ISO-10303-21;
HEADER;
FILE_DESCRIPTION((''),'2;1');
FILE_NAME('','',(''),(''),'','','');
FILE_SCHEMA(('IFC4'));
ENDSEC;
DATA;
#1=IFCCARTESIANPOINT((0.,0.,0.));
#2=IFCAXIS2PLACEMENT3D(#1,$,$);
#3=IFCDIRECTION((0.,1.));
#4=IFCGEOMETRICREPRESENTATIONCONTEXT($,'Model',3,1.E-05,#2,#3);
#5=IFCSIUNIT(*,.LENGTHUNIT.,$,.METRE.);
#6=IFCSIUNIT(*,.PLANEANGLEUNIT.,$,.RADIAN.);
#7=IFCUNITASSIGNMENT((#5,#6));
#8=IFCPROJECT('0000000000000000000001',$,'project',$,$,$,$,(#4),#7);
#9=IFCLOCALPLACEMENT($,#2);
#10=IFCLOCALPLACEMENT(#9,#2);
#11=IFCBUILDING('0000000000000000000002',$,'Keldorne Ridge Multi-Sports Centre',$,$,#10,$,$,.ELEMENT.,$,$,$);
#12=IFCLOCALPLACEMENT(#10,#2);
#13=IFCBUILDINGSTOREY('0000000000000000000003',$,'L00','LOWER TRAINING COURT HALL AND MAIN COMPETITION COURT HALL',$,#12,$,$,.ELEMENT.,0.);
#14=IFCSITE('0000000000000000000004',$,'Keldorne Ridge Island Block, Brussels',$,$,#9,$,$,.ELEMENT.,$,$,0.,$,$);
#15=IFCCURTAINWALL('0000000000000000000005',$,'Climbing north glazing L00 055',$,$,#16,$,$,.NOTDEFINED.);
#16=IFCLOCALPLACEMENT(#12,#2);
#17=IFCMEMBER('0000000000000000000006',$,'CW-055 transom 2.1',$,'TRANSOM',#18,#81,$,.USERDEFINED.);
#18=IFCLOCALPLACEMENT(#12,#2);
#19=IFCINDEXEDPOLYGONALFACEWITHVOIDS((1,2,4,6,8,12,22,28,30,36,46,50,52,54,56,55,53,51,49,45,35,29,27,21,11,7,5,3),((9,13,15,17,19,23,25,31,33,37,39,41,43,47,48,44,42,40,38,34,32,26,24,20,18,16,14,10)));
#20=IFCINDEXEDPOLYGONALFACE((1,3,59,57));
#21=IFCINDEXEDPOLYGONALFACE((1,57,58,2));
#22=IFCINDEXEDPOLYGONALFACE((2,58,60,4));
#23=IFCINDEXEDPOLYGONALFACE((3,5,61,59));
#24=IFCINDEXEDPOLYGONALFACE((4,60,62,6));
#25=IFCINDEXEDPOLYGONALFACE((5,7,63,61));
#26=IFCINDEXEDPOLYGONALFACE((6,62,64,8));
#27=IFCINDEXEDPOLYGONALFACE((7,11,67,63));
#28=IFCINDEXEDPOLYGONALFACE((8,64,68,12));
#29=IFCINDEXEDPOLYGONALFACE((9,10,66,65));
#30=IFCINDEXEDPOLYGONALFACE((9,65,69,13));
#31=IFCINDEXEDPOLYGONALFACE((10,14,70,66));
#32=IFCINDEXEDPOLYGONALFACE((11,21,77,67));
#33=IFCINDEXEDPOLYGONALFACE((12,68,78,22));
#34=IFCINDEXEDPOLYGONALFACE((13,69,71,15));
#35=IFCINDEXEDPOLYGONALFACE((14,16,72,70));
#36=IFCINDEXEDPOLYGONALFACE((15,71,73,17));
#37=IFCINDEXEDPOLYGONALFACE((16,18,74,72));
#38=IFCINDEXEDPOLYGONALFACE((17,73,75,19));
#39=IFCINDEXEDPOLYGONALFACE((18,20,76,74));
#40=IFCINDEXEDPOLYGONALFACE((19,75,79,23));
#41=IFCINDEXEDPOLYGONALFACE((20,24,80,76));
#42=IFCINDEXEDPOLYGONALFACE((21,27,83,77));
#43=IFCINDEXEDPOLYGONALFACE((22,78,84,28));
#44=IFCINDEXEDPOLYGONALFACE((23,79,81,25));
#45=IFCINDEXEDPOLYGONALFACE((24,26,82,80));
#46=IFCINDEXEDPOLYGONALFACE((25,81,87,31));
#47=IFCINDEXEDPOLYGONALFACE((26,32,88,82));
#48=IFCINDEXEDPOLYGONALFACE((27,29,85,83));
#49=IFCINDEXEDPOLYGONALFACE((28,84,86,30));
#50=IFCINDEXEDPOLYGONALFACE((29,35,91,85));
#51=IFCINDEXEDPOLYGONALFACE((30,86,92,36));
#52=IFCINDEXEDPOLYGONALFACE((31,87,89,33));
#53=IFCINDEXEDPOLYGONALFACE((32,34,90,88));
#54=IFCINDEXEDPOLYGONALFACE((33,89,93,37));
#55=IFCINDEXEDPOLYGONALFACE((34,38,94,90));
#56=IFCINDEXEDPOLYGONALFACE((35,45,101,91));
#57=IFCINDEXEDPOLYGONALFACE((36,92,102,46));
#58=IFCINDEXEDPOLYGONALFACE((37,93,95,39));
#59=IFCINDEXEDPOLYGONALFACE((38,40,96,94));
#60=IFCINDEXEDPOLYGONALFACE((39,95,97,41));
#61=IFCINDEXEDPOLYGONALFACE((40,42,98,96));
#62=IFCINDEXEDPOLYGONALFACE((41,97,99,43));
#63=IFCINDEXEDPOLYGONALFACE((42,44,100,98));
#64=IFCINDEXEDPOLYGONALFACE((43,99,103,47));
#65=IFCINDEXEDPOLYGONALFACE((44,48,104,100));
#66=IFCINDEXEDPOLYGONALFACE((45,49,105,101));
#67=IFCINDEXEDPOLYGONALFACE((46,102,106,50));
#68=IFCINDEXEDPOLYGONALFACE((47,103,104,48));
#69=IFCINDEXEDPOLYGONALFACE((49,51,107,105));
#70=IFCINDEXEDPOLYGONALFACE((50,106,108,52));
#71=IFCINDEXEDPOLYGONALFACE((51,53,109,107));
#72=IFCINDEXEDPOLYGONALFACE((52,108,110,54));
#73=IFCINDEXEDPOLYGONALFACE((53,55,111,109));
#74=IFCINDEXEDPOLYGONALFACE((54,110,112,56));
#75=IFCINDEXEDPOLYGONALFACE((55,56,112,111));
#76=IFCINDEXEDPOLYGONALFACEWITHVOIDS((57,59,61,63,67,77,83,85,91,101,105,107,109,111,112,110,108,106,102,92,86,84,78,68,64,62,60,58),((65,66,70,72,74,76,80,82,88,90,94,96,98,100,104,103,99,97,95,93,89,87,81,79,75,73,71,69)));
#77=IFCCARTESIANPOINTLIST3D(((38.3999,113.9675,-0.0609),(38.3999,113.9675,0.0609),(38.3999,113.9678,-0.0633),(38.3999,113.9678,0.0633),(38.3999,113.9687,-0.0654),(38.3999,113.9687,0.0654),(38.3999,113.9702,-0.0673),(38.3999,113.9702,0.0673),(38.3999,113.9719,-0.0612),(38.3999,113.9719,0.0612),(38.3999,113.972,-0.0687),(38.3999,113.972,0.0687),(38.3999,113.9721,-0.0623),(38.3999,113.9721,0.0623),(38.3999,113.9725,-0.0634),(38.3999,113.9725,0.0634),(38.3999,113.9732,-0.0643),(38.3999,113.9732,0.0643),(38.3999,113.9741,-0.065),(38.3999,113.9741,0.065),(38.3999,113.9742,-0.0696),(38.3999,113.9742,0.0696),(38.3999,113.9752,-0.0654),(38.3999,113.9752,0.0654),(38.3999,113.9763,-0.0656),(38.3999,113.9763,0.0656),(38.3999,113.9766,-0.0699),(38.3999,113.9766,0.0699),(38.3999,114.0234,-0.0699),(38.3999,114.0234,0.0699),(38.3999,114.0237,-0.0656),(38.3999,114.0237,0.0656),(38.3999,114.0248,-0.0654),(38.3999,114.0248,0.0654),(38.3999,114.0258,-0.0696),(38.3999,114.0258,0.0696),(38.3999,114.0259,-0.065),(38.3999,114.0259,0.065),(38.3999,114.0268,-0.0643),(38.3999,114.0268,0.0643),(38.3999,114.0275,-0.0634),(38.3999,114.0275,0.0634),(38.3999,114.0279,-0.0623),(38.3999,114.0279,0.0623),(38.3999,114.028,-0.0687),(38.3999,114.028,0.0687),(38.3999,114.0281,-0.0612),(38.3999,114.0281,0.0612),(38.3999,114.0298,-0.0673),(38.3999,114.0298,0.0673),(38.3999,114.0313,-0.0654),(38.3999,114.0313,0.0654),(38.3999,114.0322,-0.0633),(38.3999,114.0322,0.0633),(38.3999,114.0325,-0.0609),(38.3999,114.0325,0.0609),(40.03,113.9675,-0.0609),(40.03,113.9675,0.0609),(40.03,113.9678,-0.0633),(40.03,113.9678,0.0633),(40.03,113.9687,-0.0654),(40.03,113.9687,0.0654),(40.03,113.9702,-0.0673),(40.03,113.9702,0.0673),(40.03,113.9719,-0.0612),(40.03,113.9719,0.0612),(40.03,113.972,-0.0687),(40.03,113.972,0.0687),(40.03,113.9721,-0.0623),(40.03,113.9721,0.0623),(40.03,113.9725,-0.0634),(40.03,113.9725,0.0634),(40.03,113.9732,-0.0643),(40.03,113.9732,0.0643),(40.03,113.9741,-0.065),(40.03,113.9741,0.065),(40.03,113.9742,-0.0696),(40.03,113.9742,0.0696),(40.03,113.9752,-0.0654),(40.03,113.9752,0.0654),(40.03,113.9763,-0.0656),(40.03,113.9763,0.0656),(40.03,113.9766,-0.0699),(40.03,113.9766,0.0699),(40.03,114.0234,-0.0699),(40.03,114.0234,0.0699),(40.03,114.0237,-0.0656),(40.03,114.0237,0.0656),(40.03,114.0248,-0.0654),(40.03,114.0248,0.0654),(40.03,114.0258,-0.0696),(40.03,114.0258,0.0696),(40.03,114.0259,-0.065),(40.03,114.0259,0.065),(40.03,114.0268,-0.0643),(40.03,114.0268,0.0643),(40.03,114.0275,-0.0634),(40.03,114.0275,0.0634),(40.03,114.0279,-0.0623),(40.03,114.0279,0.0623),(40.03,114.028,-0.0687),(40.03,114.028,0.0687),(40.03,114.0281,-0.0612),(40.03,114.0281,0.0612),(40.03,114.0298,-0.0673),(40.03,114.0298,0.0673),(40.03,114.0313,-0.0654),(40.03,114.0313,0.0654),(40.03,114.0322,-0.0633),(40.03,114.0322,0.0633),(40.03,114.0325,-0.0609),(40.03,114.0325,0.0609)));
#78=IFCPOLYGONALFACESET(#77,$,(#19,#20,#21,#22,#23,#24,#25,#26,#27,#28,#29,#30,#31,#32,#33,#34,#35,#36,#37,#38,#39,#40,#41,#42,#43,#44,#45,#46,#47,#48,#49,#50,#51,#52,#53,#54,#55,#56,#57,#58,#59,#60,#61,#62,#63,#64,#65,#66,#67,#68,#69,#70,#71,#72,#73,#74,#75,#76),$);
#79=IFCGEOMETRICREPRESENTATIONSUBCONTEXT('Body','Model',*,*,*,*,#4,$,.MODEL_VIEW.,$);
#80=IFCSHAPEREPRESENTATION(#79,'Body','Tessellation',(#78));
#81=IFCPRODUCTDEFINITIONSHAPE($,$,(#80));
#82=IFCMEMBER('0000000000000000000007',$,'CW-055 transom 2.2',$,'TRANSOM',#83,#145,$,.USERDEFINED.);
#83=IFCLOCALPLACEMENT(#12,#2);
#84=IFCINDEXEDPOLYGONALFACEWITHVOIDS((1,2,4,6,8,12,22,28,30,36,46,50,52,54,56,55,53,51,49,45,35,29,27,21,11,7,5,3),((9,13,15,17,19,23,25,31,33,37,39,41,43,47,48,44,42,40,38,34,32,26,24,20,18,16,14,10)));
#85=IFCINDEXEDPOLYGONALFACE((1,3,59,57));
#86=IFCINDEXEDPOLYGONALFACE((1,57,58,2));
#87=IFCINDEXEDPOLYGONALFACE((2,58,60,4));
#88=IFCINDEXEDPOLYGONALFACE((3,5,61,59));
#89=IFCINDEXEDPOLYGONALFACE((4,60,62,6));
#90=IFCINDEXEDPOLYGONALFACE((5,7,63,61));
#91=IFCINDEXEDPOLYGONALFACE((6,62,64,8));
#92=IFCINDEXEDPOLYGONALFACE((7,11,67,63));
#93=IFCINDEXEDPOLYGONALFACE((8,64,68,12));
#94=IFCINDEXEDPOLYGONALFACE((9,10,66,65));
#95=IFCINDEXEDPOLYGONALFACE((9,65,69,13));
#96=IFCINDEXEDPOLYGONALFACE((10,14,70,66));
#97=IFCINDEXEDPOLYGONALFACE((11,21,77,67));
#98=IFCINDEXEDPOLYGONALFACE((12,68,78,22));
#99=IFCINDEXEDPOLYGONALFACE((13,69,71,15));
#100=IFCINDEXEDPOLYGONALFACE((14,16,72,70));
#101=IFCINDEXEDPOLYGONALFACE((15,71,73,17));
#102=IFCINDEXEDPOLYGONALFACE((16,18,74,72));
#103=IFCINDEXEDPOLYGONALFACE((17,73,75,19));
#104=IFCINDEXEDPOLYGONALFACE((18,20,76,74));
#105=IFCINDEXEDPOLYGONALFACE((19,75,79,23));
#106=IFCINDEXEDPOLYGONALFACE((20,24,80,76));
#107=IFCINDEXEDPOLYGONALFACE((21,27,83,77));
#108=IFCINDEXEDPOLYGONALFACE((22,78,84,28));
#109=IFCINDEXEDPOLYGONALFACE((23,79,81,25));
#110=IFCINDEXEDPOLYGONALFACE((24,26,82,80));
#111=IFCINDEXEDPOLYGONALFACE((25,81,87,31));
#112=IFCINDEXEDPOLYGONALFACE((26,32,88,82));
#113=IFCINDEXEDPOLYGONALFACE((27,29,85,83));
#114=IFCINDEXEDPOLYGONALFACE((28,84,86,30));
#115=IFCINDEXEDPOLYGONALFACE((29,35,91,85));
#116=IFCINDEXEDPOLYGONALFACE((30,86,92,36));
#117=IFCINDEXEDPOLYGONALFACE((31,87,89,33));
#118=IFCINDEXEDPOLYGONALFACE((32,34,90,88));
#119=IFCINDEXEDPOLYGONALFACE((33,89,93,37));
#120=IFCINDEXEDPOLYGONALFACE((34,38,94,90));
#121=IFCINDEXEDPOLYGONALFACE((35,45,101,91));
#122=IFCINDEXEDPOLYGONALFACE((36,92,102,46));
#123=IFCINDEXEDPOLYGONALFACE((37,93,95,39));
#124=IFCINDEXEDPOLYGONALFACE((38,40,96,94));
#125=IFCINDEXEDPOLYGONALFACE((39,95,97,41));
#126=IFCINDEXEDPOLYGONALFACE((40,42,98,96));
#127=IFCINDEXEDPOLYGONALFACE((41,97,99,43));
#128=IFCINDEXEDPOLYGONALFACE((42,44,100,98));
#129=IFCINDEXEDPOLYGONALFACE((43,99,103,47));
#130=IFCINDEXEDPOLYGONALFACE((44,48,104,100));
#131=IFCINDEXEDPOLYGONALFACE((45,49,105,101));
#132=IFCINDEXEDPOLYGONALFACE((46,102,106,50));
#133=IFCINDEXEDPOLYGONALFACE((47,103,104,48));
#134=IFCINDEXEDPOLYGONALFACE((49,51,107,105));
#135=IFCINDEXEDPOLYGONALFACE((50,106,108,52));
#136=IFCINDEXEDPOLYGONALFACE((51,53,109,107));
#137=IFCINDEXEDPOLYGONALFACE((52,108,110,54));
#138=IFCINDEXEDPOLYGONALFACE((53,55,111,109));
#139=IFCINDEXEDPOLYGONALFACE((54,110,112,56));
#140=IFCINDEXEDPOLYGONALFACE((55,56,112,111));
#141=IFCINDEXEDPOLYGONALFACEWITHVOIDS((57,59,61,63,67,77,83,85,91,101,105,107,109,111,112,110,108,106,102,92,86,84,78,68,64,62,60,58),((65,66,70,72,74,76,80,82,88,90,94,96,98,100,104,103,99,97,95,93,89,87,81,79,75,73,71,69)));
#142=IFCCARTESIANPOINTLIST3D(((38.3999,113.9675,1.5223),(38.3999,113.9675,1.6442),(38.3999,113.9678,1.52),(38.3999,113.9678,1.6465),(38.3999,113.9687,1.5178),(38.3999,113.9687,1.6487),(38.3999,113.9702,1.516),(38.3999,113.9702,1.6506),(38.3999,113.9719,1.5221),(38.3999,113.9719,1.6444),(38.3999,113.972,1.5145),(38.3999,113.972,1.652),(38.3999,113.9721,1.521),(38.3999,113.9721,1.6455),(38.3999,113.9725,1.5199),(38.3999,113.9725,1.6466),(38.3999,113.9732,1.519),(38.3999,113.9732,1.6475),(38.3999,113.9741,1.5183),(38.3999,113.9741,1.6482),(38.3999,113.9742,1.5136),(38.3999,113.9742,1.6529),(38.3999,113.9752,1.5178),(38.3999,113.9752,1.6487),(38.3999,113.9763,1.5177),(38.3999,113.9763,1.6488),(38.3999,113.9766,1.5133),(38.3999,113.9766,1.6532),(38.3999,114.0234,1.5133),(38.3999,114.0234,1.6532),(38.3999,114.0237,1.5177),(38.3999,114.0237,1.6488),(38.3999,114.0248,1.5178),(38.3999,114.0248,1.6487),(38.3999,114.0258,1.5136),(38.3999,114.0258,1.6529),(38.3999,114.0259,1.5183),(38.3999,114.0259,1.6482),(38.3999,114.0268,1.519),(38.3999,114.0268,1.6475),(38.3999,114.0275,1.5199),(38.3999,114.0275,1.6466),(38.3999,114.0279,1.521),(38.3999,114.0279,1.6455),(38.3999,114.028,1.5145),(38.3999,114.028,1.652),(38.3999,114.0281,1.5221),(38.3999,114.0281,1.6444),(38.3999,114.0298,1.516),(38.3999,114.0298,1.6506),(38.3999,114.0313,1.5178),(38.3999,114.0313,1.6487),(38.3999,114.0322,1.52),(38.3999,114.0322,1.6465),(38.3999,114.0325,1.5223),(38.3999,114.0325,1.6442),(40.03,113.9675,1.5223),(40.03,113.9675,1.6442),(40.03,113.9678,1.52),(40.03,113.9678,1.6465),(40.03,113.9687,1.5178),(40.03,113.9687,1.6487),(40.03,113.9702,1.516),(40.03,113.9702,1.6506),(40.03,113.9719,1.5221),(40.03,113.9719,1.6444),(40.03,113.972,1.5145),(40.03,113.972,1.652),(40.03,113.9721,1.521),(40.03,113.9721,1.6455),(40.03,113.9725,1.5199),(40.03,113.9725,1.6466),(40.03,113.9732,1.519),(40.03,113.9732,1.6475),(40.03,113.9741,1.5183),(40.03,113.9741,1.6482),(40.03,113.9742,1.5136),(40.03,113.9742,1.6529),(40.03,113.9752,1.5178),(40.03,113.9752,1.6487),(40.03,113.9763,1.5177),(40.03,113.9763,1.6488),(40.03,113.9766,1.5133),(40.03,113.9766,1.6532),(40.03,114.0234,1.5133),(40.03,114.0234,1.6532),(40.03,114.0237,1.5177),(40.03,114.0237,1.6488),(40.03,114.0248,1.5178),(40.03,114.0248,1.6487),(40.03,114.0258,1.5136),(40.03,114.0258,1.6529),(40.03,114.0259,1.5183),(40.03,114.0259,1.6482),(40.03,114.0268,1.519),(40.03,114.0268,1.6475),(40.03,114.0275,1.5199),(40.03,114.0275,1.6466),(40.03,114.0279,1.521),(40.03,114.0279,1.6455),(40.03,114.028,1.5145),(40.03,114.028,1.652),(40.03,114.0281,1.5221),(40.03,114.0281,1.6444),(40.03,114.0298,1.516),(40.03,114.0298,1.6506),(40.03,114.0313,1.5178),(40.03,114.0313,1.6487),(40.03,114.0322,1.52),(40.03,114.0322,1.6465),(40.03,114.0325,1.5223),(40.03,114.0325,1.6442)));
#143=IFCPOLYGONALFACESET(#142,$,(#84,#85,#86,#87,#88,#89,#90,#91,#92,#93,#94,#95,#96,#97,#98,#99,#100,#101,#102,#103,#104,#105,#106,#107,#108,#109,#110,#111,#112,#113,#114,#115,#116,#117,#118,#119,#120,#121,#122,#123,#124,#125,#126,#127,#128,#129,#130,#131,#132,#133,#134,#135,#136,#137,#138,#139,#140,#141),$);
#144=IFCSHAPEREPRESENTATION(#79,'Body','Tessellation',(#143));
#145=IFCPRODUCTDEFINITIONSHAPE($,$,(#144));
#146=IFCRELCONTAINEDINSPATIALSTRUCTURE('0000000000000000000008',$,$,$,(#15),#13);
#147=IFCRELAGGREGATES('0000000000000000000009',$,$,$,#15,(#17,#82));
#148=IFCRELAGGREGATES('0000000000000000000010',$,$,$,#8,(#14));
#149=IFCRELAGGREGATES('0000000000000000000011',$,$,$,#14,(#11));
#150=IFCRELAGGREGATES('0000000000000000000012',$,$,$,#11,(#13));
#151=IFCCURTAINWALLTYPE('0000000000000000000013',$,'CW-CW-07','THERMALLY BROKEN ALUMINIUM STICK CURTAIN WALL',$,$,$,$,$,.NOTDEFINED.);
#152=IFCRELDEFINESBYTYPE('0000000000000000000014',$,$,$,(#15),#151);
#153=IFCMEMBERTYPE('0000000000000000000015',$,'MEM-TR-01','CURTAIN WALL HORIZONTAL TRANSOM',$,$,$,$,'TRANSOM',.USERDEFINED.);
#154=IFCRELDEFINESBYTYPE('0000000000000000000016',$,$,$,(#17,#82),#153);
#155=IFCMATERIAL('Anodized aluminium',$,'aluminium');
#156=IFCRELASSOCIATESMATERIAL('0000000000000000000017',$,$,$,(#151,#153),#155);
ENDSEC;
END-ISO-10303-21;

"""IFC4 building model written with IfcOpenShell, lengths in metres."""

from ifc_helpers import new_model, si_unit, direction, frame, origin, origin_2d, place, context, subcontext, project, spatial, hollow_rectangle, extrude, material, material_profile, profile_set, type_object, element, aggregate, save


model = new_model("IFC4")

# Units and contexts
model_context = context("Model", 3, precision=1e-05, world=origin(), true_north=direction((0.0, 1.0)))
body_context = subcontext(model_context, "Body", "Model", "MODEL_VIEW")
ifc_project = project(units=[si_unit("LENGTHUNIT", "METRE"), si_unit("PLANEANGLEUNIT", "RADIAN")], contexts=[model_context])

# Site, building, storey
site_placement = place(None, origin())
site = spatial("IfcSite", under=ifc_project, at=site_placement, Name="Keldorne Ridge Island Block, Brussels", CompositionType="ELEMENT", RefElevation=0.0)
building_placement = place(site_placement, origin())
building = spatial("IfcBuilding", under=site, at=building_placement, Name="Keldorne Ridge Multi-Sports Centre", CompositionType="ELEMENT")
storey_placement = place(building_placement, origin())
storey = spatial("IfcBuildingStorey", under=building, at=storey_placement, Name="L00", Description="LOWER TRAINING COURT HALL AND MAIN COMPETITION COURT HALL", CompositionType="ELEMENT", Elevation=0.0)

# Curtain wall, members
ifc_material_1 = material(Name="Anodized aluminium", Category="aluminium")
curtain_wall_type = type_object("IfcCurtainWallType", Name="CW-CW-07", Description="THERMALLY BROKEN ALUMINIUM STICK CURTAIN WALL", PredefinedType="NOTDEFINED", material=ifc_material_1)
curtain_wall_placement = place(storey_placement, origin())
curtain_wall = element("IfcCurtainWall", 1, at=curtain_wall_placement, inside=storey, type_object=curtain_wall_type, Name="Climbing north glazing L00 055", PredefinedType="NOTDEFINED")
ifc_material_profile_1 = material_profile(ifc_material_1, hollow_rectangle(XDim=0.0649, YDim=0.1399, WallThickness=0.0044, InnerFilletRadius=0.0044, OuterFilletRadius=0.009, at=origin_2d()), Name="ALU TRANSOM 140x65x4.5")
ifc_profile_set_1 = profile_set([ifc_material_profile_1], Name="Anodized aluminium")
member_type_1 = type_object("IfcMemberType", Name="MEM-TR-01", Description="CURTAIN WALL HORIZONTAL TRANSOM", ElementType="TRANSOM", PredefinedType="USERDEFINED", material=ifc_profile_set_1)
member_1_placement = place(storey_placement, frame((40.03, 114.0, 0.0), z_axis=(-1.0, 0.0, 0.0), x_axis=(0.0, -1.0, 0.0)))
member_1 = element("IfcMember", 2, at=member_1_placement, type_object=member_type_1, Name="CW-055 transom 2.1", ObjectType="TRANSOM", PredefinedType="USERDEFINED", context=body_context, shape_type="SweptSolid", body=[
    extrude(hollow_rectangle(XDim=0.0649, YDim=0.1399, WallThickness=0.0044, InnerFilletRadius=0.0044, OuterFilletRadius=0.009, at=origin_2d()), origin(), (0.0, 0.0, 1.0), 1.6301),
])
member_2_placement = place(storey_placement, frame((40.03, 114.0, 1.5833), z_axis=(-1.0, 0.0, 0.0), x_axis=(0.0, -1.0, 0.0)))
member_2 = element("IfcMember", 3, at=member_2_placement, type_object=member_type_1, Name="CW-055 transom 2.2", ObjectType="TRANSOM", PredefinedType="USERDEFINED", context=body_context, shape_type="SweptSolid", body=[
    extrude(hollow_rectangle(XDim=0.0649, YDim=0.1399, WallThickness=0.0044, InnerFilletRadius=0.0044, OuterFilletRadius=0.009, at=origin_2d()), origin(), (0.0, 0.0, 1.0), 1.6301),
])
aggregate(curtain_wall, [member_1, member_2])

save(model, "model.ifc")
